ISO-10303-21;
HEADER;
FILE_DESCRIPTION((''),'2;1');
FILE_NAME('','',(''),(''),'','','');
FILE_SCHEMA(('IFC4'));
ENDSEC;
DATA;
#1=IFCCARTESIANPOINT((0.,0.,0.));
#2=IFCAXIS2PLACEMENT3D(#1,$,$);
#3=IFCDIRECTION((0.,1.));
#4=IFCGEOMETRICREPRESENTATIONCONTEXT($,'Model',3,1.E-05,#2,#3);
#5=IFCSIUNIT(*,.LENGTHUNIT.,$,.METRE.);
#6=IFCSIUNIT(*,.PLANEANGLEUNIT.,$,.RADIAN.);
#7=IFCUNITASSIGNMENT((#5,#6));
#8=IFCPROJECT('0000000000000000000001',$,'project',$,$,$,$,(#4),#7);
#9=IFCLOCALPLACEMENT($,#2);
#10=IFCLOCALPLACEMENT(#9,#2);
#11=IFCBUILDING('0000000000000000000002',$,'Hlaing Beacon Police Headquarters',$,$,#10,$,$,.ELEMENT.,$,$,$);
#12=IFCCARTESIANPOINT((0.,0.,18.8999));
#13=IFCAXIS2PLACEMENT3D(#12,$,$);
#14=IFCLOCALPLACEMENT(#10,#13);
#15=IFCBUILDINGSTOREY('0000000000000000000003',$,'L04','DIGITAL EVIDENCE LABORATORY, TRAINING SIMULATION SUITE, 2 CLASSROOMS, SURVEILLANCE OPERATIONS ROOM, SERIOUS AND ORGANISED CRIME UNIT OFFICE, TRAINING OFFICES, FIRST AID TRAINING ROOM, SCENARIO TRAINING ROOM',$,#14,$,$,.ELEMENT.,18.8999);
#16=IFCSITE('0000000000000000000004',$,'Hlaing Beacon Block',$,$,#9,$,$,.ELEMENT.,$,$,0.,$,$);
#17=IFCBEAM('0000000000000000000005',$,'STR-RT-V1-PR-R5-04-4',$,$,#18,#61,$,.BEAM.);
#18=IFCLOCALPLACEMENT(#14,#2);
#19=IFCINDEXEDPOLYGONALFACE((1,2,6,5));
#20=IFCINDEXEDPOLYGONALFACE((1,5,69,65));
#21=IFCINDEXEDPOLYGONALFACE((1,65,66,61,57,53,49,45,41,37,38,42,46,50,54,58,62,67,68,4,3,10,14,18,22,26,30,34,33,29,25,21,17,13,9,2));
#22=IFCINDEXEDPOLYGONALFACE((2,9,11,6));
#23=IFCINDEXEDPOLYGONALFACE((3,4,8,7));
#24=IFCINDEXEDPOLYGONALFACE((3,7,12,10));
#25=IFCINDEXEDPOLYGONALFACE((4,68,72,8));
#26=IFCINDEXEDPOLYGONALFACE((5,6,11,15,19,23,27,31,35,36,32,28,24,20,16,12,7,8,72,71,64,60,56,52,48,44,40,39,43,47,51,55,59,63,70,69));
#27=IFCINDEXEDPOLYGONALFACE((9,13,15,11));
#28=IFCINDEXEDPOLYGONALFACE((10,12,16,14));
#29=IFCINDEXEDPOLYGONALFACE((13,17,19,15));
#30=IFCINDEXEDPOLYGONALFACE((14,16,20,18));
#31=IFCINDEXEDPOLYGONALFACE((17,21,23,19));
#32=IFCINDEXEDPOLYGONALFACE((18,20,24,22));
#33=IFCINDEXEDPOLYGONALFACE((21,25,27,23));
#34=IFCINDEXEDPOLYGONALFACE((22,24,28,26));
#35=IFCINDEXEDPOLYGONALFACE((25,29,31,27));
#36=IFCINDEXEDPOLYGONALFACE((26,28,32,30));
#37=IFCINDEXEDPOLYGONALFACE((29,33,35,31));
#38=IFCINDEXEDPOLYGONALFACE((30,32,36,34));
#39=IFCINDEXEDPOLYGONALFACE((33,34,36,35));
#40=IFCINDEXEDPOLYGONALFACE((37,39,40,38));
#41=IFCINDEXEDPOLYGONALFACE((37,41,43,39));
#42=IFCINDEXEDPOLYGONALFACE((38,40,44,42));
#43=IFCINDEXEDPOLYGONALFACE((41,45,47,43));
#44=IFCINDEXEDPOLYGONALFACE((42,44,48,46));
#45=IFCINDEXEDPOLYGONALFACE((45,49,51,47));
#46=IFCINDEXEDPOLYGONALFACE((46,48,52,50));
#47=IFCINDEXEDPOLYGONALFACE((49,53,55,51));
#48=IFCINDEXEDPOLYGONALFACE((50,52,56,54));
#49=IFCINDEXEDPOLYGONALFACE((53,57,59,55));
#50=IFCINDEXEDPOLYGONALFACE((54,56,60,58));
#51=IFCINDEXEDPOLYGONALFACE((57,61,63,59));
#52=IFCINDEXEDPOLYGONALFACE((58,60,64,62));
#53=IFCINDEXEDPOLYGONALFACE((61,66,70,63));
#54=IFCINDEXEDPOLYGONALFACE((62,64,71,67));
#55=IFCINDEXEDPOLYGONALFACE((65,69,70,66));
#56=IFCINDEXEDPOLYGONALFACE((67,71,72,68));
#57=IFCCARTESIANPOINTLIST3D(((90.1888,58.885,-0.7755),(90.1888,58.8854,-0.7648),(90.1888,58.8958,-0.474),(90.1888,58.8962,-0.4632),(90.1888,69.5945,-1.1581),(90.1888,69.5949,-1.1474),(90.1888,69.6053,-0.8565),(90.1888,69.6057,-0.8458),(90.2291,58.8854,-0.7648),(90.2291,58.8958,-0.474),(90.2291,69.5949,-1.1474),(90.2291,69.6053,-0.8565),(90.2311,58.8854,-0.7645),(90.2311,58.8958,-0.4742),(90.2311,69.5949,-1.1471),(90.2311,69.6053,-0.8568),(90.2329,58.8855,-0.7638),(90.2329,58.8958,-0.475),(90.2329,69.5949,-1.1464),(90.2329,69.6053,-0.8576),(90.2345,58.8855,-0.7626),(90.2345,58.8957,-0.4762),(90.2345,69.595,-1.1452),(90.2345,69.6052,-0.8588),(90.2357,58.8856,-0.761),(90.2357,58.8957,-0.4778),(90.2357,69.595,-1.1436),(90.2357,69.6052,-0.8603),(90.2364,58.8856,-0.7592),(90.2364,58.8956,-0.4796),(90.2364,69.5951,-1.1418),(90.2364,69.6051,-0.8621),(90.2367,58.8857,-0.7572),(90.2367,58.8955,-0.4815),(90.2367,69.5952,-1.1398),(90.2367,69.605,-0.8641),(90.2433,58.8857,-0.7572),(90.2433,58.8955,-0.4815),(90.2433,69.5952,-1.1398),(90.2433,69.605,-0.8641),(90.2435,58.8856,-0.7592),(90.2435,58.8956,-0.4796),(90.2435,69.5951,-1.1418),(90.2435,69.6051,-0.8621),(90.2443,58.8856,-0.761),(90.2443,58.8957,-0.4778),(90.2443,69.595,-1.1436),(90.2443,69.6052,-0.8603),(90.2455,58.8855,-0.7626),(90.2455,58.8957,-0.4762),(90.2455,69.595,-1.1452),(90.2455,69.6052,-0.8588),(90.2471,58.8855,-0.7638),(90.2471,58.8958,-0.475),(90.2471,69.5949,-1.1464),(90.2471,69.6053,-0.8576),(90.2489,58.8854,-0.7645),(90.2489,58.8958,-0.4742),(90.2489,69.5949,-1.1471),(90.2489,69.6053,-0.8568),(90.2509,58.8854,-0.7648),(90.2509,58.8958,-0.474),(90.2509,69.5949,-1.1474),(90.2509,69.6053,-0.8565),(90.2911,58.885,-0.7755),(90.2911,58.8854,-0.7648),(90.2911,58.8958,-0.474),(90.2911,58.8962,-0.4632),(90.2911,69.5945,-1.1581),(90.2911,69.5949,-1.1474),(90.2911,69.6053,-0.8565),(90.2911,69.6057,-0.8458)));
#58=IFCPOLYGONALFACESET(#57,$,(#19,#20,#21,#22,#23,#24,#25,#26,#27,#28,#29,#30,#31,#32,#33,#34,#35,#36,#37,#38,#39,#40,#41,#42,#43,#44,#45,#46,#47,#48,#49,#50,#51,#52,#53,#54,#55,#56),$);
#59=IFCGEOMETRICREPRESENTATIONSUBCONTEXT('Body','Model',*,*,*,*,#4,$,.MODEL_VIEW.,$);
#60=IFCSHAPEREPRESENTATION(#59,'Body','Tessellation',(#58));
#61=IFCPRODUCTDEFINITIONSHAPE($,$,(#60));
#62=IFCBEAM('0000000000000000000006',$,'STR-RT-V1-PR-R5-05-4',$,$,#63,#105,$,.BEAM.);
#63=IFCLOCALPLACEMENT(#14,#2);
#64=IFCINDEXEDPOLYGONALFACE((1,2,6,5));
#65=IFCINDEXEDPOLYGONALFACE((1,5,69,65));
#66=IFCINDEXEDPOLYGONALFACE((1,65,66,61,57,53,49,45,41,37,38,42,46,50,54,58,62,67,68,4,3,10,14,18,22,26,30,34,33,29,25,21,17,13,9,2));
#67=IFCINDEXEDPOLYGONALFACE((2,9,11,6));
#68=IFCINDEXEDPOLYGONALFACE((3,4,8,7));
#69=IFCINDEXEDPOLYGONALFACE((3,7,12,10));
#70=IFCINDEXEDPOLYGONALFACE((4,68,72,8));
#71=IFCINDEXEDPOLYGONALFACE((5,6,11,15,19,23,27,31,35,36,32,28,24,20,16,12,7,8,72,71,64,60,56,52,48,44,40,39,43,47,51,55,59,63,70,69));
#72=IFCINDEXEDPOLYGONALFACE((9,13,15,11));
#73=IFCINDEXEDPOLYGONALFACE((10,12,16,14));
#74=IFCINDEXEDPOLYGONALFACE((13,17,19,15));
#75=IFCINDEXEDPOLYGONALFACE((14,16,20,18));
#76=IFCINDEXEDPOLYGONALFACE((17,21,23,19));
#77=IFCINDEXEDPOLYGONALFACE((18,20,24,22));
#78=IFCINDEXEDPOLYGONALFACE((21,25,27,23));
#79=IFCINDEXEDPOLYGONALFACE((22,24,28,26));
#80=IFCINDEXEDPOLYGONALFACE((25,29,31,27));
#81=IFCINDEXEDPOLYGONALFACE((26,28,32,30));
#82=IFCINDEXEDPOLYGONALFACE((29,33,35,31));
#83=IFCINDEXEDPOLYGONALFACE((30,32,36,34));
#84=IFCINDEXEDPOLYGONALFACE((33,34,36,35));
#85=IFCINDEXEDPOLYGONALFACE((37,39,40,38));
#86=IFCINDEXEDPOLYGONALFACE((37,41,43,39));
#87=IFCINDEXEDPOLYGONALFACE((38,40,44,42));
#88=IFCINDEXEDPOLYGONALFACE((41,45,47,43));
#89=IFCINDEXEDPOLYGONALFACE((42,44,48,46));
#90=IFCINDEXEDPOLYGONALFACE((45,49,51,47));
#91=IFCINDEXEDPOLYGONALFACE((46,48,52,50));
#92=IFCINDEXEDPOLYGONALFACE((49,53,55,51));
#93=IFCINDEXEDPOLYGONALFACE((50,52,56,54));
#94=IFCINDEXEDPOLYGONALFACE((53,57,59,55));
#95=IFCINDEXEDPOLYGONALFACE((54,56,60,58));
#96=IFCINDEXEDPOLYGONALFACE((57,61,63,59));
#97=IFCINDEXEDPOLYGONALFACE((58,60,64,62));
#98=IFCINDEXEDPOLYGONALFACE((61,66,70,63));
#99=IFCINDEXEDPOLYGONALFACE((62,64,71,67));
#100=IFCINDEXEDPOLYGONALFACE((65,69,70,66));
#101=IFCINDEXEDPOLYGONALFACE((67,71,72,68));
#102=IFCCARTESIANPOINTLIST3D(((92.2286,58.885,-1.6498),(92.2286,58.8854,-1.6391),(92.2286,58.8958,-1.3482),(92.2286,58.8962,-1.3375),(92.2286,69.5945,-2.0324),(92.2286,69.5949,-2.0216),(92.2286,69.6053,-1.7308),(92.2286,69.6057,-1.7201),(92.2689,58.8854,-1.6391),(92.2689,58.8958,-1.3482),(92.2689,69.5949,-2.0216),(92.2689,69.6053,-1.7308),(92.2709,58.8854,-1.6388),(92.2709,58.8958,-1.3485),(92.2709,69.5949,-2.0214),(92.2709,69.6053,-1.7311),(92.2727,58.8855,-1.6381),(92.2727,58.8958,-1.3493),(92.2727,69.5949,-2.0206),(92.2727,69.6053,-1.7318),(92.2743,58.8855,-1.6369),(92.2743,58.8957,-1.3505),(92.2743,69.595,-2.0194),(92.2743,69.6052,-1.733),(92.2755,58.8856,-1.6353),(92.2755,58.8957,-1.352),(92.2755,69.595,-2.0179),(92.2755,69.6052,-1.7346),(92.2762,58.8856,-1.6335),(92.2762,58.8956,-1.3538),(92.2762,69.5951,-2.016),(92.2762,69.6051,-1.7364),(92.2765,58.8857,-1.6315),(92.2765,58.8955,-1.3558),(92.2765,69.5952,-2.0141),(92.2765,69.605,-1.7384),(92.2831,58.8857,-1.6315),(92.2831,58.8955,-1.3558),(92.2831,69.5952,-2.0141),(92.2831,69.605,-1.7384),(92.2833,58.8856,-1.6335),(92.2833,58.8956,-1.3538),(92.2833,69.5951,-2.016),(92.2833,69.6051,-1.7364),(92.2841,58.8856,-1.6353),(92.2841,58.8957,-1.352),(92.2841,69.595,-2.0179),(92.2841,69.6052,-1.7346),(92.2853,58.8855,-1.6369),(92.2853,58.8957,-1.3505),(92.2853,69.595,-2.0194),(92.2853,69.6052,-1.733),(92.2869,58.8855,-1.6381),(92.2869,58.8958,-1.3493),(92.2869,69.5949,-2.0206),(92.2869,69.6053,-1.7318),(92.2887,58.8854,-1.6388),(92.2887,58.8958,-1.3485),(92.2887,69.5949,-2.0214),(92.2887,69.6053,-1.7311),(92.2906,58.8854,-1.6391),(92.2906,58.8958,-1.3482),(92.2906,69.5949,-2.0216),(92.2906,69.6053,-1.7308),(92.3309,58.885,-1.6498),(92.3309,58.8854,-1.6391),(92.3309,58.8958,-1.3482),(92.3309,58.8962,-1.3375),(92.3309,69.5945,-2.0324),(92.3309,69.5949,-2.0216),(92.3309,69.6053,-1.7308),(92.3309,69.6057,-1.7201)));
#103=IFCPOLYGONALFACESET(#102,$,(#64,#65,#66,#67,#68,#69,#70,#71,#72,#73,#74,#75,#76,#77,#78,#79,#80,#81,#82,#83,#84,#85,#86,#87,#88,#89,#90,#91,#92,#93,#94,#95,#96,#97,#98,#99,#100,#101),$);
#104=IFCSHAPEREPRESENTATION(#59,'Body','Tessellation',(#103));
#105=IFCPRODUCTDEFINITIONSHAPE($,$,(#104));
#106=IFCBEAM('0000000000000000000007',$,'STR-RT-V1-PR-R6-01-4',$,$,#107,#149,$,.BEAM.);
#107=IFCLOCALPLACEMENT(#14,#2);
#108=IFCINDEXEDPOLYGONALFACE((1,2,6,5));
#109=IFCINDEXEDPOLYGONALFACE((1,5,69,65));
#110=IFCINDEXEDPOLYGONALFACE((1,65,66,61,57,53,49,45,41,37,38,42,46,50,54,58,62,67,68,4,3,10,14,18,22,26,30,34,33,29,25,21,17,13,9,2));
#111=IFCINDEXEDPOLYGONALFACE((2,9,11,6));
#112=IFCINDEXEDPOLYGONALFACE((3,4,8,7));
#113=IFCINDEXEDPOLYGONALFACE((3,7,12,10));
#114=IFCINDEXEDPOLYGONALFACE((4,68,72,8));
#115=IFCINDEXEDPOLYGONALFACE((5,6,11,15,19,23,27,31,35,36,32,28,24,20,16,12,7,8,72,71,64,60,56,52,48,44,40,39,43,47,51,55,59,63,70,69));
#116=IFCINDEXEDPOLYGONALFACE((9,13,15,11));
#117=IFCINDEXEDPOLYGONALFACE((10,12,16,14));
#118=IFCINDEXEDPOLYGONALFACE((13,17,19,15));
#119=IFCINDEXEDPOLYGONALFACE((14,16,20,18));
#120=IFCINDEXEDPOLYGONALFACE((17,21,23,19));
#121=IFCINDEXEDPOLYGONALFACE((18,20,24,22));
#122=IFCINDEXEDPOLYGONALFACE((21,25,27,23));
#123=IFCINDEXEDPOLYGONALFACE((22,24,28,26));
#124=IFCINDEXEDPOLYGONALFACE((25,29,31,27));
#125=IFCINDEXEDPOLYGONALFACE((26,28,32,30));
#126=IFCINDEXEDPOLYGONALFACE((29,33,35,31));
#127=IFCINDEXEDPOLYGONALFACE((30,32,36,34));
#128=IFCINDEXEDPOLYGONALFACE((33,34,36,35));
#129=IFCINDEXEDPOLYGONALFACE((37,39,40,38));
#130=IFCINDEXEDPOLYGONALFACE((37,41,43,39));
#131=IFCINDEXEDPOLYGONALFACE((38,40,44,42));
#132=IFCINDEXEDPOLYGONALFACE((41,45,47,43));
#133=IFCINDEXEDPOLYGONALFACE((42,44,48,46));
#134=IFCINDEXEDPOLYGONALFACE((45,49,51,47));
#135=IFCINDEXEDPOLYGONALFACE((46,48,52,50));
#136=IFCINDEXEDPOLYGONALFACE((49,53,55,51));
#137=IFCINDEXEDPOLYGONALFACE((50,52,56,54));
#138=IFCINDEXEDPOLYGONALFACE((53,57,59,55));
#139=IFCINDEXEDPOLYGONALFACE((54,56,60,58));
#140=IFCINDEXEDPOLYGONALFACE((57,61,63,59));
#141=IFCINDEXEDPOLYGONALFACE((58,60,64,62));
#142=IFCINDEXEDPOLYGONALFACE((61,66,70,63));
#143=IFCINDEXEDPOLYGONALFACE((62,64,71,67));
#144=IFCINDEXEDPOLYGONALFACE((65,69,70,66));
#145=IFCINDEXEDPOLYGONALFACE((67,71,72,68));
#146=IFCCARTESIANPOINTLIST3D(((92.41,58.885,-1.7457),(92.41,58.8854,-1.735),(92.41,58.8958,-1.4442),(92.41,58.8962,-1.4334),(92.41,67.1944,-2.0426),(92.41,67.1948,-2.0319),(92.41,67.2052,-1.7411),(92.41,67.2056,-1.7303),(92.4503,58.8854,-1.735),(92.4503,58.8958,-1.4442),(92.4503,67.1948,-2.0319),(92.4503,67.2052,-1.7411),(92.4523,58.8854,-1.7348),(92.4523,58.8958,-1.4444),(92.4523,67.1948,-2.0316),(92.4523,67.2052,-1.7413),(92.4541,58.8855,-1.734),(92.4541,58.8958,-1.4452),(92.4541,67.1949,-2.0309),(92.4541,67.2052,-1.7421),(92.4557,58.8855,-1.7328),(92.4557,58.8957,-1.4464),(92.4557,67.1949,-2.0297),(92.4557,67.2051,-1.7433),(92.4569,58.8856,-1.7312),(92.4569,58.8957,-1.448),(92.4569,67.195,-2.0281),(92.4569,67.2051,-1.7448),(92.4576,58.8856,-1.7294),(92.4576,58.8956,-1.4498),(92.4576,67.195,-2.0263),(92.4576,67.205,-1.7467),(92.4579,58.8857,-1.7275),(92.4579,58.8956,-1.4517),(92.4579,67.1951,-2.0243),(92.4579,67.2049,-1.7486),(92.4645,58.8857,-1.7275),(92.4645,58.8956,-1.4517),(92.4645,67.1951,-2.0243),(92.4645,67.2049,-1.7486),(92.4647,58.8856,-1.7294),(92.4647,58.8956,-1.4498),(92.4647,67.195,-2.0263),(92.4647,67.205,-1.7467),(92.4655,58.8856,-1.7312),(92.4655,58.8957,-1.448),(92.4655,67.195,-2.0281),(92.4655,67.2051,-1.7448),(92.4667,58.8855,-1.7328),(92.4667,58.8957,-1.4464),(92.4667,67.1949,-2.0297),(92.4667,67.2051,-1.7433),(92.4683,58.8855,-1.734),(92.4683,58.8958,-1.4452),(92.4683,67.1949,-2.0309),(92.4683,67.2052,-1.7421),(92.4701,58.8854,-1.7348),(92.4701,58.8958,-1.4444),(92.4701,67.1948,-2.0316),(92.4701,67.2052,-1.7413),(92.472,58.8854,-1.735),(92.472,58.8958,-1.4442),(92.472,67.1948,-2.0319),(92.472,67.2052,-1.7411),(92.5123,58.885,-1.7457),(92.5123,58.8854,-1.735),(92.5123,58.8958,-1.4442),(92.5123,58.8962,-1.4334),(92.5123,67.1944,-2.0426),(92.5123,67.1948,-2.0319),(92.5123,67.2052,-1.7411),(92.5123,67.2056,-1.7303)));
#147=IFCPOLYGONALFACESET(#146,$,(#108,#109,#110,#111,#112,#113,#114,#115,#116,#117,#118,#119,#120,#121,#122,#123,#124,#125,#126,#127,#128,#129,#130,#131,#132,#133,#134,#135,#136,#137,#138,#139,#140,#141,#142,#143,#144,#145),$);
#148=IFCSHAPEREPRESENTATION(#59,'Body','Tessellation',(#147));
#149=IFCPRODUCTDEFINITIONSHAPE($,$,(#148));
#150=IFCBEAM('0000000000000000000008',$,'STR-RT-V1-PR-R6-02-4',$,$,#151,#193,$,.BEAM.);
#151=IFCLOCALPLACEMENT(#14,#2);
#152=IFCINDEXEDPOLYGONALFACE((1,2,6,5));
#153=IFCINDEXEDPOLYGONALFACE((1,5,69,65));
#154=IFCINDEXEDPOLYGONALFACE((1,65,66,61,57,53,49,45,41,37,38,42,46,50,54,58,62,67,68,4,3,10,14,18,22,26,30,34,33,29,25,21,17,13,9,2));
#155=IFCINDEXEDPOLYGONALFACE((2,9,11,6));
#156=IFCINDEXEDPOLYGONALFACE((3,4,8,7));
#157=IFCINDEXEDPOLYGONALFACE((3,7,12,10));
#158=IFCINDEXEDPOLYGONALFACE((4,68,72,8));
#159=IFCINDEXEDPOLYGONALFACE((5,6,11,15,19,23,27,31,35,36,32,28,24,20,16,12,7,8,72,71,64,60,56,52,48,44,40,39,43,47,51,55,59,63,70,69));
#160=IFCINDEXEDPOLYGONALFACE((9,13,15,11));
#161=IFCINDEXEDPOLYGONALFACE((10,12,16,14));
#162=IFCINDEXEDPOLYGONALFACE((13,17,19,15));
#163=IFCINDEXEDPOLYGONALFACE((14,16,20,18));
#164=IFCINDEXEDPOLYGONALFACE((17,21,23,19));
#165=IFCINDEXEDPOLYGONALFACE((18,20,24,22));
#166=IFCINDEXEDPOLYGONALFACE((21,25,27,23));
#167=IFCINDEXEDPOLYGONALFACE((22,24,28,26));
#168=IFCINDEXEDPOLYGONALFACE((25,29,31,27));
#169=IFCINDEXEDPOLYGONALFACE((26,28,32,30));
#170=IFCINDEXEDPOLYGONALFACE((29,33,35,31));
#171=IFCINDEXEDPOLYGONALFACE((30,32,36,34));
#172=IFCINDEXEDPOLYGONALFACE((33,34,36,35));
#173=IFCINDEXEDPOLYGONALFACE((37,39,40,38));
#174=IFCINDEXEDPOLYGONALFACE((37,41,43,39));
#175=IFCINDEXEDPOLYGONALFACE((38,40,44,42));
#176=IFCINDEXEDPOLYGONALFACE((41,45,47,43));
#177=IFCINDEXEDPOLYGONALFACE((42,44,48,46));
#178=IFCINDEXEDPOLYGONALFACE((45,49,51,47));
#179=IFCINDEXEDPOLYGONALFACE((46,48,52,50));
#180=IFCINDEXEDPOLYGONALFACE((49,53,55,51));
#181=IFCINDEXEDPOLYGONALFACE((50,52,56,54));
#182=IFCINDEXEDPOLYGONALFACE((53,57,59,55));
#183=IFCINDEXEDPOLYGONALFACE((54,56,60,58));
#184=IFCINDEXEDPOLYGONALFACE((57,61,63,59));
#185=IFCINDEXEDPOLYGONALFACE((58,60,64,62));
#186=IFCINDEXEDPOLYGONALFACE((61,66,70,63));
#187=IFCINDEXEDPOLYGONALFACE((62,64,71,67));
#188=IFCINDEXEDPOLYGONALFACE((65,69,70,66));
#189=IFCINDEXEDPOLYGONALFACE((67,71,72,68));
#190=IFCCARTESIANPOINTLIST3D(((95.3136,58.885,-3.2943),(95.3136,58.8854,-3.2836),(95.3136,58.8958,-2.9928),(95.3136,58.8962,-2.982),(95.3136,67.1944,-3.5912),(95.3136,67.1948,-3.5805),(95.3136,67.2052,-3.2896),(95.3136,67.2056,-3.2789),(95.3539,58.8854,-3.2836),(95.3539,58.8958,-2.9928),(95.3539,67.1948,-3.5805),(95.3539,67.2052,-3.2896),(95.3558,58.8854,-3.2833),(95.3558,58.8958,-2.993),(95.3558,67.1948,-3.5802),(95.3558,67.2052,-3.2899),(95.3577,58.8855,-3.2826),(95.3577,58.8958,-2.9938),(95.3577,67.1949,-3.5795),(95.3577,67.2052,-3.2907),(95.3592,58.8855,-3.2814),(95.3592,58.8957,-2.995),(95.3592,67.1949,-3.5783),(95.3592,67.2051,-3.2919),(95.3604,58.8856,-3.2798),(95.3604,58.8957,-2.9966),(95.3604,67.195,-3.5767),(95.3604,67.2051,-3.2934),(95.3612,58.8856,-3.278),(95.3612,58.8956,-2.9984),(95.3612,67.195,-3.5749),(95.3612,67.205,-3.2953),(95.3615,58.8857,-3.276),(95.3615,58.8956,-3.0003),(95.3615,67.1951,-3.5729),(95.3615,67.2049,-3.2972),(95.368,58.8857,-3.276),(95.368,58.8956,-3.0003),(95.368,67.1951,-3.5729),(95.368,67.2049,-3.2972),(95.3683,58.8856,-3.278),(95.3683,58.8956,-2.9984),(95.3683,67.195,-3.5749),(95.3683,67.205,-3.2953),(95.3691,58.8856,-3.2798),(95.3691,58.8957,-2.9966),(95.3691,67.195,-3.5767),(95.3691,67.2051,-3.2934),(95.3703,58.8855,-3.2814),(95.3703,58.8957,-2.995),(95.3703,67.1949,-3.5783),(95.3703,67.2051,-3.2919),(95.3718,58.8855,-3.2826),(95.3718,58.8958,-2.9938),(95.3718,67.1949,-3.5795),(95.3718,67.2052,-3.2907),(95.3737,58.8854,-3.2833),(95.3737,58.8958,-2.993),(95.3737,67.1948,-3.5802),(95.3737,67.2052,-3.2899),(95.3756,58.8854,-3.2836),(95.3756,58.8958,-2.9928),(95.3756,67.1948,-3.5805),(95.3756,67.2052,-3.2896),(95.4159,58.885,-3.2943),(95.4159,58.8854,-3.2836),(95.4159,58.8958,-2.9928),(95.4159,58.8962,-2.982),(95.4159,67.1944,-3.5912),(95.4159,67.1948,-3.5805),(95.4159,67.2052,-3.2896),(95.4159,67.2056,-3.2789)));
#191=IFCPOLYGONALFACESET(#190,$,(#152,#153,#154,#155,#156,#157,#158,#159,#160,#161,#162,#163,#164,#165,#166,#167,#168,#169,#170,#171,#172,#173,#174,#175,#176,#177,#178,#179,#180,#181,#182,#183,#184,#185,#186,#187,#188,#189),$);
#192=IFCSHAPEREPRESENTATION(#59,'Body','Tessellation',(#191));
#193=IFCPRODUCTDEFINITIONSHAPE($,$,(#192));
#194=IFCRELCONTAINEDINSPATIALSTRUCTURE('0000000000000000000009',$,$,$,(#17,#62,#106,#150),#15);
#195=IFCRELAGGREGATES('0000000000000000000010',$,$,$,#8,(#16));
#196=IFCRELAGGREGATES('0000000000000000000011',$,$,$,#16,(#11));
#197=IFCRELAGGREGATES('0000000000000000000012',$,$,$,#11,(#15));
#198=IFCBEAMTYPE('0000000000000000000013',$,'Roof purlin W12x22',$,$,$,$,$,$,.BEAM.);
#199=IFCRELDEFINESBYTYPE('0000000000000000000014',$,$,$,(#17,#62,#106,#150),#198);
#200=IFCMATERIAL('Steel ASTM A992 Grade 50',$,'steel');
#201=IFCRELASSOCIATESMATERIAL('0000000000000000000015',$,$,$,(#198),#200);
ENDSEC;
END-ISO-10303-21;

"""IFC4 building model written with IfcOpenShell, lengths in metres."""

from ifc_helpers import new_model, si_unit, direction, frame, origin, origin_2d, place, context, subcontext, project, spatial, i_section, extrude, material, material_profile, profile_set, type_object, element, save


model = new_model("IFC4")

# Units and contexts
model_context = context("Model", 3, precision=1e-05, world=origin(), true_north=direction((0.0, 1.0)))
body_context = subcontext(model_context, "Body", "Model", "MODEL_VIEW")
ifc_project = project(units=[si_unit("LENGTHUNIT", "METRE"), si_unit("PLANEANGLEUNIT", "RADIAN")], contexts=[model_context])

# Site, building, storey
site_placement = place(None, origin())
site = spatial("IfcSite", under=ifc_project, at=site_placement, Name="Hlaing Beacon Block", CompositionType="ELEMENT", RefElevation=0.0)
building_placement = place(site_placement, origin())
building = spatial("IfcBuilding", under=site, at=building_placement, Name="Hlaing Beacon Police Headquarters", CompositionType="ELEMENT")
storey_placement = place(building_placement, frame((0.0, 0.0, 18.8999)))
storey = spatial("IfcBuildingStorey", under=building, at=storey_placement, Name="L04", Description="DIGITAL EVIDENCE LABORATORY, TRAINING SIMULATION SUITE, 2 CLASSROOMS, SURVEILLANCE OPERATIONS ROOM, SERIOUS AND ORGANISED CRIME UNIT OFFICE, TRAINING OFFICES, FIRST AID TRAINING ROOM, SCENARIO TRAINING ROOM", CompositionType="ELEMENT", Elevation=18.8999)

# Beams
ifc_material_1 = material(Name="Steel ASTM A992 Grade 50", Category="steel")
ifc_material_profile_1 = material_profile(ifc_material_1, i_section(OverallWidth=0.1023, OverallDepth=0.3125, WebThickness=0.0066, FlangeThickness=0.0107, FilletRadius=0.0076, at=origin_2d()), Name="W12x22")
ifc_profile_set_1 = profile_set([ifc_material_profile_1], Name="Steel ASTM A992 Grade 50")
beam_type_1 = type_object("IfcBeamType", Name="Roof purlin W12x22", PredefinedType="BEAM", material=ifc_profile_set_1)
for number, where, z_axis, x_axis, name in (
    (1, (90.24, 58.8906, -0.6194), (0.0, 0.999363, -0.0357), (-1.0, 0.0, 0.0), "STR-RT-V1-PR-R5-04-4"),
    (2, (92.2798, 58.8906, -1.4937), (0.0, 0.999363, -0.0357), (-1.0, 0.0, 0.0), "STR-RT-V1-PR-R5-05-4"),
):
    element("IfcBeam", number, at=place(storey_placement, frame(where, z_axis=z_axis, x_axis=x_axis)), inside=storey, type_object=beam_type_1, Name=name, PredefinedType="BEAM", context=body_context, shape_type="SweptSolid", body=[
        extrude(i_section(OverallWidth=0.1023, OverallDepth=0.3125, WebThickness=0.0066, FlangeThickness=0.0107, FilletRadius=0.0076, at=origin_2d()), origin(), (0.0, 0.0, 1.0), 10.7163),
    ])
for number, where, z_axis, x_axis, name in (
    (3, (92.4612, 58.8906, -1.5896), (0.0, 0.999362, -0.035705), (-1.0, 0.0, 0.0), "STR-RT-V1-PR-R6-01-4"),
    (4, (95.3647, 58.8906, -3.1382), (0.0, 0.999362, -0.035705), (-1.0, 0.0, 0.0), "STR-RT-V1-PR-R6-02-4"),
):
    element("IfcBeam", number, at=place(storey_placement, frame(where, z_axis=z_axis, x_axis=x_axis)), inside=storey, type_object=beam_type_1, Name=name, PredefinedType="BEAM", context=body_context, shape_type="SweptSolid", body=[
        extrude(i_section(OverallWidth=0.1023, OverallDepth=0.3125, WebThickness=0.0066, FlangeThickness=0.0107, FilletRadius=0.0076, at=origin_2d()), origin(), (0.0, 0.0, 1.0), 8.3147),
    ])

save(model, "model.ifc")
